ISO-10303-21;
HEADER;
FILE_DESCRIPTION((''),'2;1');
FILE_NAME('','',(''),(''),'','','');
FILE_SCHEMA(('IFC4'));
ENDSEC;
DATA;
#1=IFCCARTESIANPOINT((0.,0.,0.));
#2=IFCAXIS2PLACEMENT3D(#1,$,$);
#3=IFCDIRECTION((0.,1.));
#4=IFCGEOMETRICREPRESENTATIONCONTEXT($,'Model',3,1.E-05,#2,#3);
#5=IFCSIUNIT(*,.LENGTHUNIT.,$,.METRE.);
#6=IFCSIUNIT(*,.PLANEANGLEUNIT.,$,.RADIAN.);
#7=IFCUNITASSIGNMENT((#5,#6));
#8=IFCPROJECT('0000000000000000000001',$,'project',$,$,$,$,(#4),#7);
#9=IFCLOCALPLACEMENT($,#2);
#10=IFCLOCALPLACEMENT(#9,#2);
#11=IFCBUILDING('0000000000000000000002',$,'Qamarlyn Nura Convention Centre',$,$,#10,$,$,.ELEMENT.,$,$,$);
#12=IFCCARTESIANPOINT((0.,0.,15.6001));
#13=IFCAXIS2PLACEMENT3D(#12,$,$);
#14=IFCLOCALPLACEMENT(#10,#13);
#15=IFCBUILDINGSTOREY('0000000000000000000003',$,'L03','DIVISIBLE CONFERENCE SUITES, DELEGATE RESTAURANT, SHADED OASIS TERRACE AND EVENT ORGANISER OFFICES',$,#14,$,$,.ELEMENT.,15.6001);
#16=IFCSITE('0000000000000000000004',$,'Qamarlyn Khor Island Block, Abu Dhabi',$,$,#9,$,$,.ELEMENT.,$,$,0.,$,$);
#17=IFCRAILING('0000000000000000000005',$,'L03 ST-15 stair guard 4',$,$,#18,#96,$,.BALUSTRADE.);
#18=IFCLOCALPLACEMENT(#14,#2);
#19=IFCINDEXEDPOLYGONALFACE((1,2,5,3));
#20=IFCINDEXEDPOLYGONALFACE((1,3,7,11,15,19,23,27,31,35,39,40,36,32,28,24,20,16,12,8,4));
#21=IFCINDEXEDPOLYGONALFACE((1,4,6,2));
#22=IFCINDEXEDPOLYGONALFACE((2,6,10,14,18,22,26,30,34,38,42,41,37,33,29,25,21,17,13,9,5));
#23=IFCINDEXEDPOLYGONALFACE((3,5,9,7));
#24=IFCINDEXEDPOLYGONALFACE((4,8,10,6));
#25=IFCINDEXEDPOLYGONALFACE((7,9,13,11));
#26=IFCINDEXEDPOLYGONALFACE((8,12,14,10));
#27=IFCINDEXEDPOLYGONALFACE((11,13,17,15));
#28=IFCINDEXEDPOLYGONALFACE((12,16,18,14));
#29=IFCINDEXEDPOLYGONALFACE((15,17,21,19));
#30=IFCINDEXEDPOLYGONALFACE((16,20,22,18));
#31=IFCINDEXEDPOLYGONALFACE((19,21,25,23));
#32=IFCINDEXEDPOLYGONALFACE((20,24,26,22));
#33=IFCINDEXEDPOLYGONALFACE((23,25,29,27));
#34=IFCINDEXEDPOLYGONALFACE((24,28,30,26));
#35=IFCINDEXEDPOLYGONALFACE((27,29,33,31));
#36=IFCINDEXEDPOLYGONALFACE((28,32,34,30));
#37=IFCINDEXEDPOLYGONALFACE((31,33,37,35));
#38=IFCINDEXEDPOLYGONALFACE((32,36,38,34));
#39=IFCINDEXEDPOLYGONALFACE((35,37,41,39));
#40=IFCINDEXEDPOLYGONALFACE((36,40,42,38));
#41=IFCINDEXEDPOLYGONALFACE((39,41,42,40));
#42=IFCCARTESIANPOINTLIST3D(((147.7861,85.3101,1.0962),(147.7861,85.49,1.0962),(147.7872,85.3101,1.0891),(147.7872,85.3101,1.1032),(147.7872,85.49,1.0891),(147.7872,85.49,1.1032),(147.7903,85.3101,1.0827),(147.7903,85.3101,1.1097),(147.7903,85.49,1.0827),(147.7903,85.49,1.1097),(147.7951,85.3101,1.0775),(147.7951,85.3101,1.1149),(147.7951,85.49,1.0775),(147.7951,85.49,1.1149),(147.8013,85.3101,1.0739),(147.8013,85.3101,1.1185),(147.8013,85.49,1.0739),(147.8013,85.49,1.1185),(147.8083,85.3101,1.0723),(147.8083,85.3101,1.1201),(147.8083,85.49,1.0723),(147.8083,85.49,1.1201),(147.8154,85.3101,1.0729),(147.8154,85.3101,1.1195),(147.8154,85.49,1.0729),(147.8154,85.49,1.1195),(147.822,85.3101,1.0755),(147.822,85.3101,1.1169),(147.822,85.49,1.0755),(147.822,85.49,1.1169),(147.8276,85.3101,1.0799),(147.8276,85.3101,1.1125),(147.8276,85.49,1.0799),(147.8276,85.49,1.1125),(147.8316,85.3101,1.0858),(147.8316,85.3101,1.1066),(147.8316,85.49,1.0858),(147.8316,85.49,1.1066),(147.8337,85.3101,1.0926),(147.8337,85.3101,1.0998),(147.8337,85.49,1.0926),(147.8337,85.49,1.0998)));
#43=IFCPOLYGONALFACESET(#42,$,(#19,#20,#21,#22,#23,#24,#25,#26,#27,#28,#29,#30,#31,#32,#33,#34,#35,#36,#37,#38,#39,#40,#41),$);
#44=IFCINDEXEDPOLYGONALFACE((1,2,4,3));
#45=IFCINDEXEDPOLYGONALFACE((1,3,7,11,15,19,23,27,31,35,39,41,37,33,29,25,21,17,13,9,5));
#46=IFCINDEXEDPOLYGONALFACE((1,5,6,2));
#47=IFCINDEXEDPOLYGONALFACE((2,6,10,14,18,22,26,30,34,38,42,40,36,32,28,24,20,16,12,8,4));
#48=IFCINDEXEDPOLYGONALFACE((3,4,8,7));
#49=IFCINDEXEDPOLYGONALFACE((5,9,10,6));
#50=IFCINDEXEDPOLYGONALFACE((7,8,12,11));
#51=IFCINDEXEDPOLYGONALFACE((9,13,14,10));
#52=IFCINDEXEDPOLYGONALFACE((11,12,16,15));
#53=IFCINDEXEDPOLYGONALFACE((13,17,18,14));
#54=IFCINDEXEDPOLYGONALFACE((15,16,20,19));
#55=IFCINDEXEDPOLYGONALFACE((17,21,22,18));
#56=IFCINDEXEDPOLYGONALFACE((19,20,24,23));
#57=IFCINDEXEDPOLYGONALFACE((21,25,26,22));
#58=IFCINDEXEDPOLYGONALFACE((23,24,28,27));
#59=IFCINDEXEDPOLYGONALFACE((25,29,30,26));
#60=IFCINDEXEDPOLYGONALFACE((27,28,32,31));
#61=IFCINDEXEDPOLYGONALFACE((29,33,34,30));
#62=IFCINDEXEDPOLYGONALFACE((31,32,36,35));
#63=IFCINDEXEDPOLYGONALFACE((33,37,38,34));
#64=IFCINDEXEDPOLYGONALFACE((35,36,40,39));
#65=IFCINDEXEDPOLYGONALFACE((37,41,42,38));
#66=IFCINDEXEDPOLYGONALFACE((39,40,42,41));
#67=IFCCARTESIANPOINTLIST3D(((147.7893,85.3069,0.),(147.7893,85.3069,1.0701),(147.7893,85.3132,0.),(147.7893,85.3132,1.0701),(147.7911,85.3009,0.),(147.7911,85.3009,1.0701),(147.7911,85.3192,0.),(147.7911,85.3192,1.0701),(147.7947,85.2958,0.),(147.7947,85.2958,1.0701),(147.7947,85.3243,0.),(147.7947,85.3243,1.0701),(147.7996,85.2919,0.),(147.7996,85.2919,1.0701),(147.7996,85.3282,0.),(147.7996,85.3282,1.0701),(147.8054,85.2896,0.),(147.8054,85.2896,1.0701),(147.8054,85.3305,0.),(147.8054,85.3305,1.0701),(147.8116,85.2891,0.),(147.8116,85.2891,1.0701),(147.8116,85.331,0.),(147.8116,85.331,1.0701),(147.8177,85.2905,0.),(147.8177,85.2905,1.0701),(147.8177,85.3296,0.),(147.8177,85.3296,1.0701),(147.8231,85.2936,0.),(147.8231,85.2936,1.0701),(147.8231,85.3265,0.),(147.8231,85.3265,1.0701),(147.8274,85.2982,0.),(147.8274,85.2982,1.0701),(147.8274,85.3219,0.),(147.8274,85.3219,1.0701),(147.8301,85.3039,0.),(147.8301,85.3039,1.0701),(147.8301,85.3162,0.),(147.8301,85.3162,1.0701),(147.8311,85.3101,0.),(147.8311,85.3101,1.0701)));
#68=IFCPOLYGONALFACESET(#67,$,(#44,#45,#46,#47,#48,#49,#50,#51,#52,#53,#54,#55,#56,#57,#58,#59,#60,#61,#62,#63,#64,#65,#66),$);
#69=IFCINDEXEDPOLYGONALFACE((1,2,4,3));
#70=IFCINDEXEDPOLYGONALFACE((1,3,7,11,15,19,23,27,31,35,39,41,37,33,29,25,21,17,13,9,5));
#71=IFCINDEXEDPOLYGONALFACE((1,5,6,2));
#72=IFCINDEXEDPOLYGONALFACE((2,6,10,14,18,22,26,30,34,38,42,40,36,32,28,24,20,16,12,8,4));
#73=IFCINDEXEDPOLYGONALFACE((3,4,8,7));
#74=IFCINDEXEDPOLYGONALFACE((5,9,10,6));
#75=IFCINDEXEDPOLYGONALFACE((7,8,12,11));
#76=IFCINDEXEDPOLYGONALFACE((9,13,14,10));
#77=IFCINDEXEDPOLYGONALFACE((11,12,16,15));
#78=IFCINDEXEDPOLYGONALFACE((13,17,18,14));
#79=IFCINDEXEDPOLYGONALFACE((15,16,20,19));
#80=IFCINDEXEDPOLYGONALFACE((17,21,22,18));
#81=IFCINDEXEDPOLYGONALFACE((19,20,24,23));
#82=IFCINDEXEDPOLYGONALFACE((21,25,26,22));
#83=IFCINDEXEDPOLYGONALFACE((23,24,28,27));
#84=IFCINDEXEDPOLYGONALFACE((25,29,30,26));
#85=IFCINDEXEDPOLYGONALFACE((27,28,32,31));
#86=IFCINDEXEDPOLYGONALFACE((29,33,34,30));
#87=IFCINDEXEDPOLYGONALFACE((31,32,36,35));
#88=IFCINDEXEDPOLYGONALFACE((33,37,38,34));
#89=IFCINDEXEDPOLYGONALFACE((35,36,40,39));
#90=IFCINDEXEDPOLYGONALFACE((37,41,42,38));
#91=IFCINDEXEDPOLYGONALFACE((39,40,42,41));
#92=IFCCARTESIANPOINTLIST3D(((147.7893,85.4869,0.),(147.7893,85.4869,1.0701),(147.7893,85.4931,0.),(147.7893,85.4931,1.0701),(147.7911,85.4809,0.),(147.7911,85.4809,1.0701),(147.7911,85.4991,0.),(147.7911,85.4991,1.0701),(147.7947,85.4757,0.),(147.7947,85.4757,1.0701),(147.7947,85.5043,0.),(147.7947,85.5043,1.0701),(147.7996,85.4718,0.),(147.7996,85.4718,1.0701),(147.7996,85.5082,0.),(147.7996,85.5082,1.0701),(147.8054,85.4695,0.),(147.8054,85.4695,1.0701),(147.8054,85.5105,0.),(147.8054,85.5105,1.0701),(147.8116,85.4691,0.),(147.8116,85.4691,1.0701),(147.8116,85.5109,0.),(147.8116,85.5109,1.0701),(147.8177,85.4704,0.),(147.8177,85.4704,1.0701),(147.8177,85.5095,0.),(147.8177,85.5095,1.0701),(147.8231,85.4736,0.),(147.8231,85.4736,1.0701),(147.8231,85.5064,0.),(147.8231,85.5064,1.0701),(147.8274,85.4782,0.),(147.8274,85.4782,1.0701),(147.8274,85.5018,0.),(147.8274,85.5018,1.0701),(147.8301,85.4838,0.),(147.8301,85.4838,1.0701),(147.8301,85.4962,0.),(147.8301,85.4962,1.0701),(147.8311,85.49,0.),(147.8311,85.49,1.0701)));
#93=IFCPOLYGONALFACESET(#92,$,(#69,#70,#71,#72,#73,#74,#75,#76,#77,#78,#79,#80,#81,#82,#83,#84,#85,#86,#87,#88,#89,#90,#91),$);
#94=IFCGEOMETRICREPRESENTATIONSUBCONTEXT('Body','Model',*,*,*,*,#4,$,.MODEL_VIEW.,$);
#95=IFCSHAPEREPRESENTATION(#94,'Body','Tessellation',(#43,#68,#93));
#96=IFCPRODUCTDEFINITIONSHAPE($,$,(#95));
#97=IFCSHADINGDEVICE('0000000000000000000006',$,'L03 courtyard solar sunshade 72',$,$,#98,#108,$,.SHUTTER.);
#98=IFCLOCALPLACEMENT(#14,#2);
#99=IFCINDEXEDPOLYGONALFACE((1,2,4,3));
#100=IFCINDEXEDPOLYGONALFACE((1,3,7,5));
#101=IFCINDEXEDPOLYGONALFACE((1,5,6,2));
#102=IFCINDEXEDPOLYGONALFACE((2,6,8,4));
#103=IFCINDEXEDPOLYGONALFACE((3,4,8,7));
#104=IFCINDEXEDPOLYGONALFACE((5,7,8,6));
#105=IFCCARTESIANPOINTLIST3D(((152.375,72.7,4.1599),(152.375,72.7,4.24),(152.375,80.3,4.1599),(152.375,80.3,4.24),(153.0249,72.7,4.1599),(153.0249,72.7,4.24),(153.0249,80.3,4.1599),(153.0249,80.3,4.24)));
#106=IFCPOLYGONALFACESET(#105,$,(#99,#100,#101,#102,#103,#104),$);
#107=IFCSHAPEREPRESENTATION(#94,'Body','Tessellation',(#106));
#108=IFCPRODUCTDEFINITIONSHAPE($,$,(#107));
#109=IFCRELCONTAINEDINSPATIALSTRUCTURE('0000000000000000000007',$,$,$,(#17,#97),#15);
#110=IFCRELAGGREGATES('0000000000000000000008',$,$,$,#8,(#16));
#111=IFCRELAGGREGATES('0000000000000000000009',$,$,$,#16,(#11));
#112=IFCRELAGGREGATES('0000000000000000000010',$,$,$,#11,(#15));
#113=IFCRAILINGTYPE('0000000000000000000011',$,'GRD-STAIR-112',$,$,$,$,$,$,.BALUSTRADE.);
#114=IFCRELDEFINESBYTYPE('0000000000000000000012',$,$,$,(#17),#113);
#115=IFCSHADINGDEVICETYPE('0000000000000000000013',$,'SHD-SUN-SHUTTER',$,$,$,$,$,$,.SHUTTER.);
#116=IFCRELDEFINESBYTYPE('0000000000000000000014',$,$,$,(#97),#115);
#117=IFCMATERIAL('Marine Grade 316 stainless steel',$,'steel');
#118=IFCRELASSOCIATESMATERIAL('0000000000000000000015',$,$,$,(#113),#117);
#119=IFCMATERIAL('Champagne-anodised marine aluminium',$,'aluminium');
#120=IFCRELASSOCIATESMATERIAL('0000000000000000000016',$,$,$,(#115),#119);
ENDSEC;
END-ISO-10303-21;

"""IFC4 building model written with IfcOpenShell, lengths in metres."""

from ifc_helpers import new_model, si_unit, direction, frame, origin, origin_2d, place, context, subcontext, project, spatial, rectangle, circle, extrude, material, type_object, element, save


model = new_model("IFC4")

# Units and contexts
model_context = context("Model", 3, precision=1e-05, world=origin(), true_north=direction((0.0, 1.0)))
body_context = subcontext(model_context, "Body", "Model", "MODEL_VIEW")
ifc_project = project(units=[si_unit("LENGTHUNIT", "METRE"), si_unit("PLANEANGLEUNIT", "RADIAN")], contexts=[model_context])

# Site, building, storey
site_placement = place(None, origin())
site = spatial("IfcSite", under=ifc_project, at=site_placement, Name="Qamarlyn Khor Island Block, Abu Dhabi", CompositionType="ELEMENT", RefElevation=0.0)
building_placement = place(site_placement, origin())
building = spatial("IfcBuilding", under=site, at=building_placement, Name="Qamarlyn Nura Convention Centre", CompositionType="ELEMENT")
storey_placement = place(building_placement, frame((0.0, 0.0, 15.6001)))
storey = spatial("IfcBuildingStorey", under=building, at=storey_placement, Name="L03", Description="DIVISIBLE CONFERENCE SUITES, DELEGATE RESTAURANT, SHADED OASIS TERRACE AND EVENT ORGANISER OFFICES", CompositionType="ELEMENT", Elevation=15.6001)

# Shared definitions
ifc_material_1 = material(Name="Champagne-anodised marine aluminium", Category="aluminium")

# Railing
ifc_material_2 = material(Name="Marine Grade 316 stainless steel", Category="steel")
railing_type_1 = type_object("IfcRailingType", Name="GRD-STAIR-112", PredefinedType="BALUSTRADE", material=ifc_material_2)
railing_1_placement = place(storey_placement, frame((147.8101, 85.3101, 0.0)))
element("IfcRailing", 1, at=railing_1_placement, inside=storey, type_object=railing_type_1, Name="L03 ST-15 stair guard 4", PredefinedType="BALUSTRADE", context=body_context, shape_type="SweptSolid", body=[
    extrude(circle(Radius=0.0239, at=origin_2d()), frame((0.0, 0.0, 1.0962), z_axis=(0.0, 1.0, 0.0), x_axis=(-1.0, 0.0, 0.0)), (0.0, 0.0, 1.0), 0.1799),
    extrude(circle(Radius=0.021, at=origin_2d()), origin(), (0.0, 0.0, 1.0), 1.0701),
    extrude(circle(Radius=0.021, at=origin_2d()), frame((0.0, 0.1799, 0.0)), (0.0, 0.0, 1.0), 1.0701),
])

# Shading device
shading_device_type = type_object("IfcShadingDeviceType", Name="SHD-SUN-SHUTTER", PredefinedType="SHUTTER", material=ifc_material_1)
shading_device_placement = place(storey_placement, frame((152.7, 76.5, 4.1599), z_axis=(0.0, 0.0, 1.0), x_axis=(1.0, 0.0, 0.0)))
element("IfcShadingDevice", 2, at=shading_device_placement, inside=storey, type_object=shading_device_type, Name="L03 courtyard solar sunshade 72", PredefinedType="SHUTTER", context=body_context, shape_type="SweptSolid", body=[
    extrude(rectangle(XDim=0.6499, YDim=7.6001, at=origin_2d()), origin(), (0.0, 0.0, 1.0), 0.0801),
])

save(model, "model.ifc")
